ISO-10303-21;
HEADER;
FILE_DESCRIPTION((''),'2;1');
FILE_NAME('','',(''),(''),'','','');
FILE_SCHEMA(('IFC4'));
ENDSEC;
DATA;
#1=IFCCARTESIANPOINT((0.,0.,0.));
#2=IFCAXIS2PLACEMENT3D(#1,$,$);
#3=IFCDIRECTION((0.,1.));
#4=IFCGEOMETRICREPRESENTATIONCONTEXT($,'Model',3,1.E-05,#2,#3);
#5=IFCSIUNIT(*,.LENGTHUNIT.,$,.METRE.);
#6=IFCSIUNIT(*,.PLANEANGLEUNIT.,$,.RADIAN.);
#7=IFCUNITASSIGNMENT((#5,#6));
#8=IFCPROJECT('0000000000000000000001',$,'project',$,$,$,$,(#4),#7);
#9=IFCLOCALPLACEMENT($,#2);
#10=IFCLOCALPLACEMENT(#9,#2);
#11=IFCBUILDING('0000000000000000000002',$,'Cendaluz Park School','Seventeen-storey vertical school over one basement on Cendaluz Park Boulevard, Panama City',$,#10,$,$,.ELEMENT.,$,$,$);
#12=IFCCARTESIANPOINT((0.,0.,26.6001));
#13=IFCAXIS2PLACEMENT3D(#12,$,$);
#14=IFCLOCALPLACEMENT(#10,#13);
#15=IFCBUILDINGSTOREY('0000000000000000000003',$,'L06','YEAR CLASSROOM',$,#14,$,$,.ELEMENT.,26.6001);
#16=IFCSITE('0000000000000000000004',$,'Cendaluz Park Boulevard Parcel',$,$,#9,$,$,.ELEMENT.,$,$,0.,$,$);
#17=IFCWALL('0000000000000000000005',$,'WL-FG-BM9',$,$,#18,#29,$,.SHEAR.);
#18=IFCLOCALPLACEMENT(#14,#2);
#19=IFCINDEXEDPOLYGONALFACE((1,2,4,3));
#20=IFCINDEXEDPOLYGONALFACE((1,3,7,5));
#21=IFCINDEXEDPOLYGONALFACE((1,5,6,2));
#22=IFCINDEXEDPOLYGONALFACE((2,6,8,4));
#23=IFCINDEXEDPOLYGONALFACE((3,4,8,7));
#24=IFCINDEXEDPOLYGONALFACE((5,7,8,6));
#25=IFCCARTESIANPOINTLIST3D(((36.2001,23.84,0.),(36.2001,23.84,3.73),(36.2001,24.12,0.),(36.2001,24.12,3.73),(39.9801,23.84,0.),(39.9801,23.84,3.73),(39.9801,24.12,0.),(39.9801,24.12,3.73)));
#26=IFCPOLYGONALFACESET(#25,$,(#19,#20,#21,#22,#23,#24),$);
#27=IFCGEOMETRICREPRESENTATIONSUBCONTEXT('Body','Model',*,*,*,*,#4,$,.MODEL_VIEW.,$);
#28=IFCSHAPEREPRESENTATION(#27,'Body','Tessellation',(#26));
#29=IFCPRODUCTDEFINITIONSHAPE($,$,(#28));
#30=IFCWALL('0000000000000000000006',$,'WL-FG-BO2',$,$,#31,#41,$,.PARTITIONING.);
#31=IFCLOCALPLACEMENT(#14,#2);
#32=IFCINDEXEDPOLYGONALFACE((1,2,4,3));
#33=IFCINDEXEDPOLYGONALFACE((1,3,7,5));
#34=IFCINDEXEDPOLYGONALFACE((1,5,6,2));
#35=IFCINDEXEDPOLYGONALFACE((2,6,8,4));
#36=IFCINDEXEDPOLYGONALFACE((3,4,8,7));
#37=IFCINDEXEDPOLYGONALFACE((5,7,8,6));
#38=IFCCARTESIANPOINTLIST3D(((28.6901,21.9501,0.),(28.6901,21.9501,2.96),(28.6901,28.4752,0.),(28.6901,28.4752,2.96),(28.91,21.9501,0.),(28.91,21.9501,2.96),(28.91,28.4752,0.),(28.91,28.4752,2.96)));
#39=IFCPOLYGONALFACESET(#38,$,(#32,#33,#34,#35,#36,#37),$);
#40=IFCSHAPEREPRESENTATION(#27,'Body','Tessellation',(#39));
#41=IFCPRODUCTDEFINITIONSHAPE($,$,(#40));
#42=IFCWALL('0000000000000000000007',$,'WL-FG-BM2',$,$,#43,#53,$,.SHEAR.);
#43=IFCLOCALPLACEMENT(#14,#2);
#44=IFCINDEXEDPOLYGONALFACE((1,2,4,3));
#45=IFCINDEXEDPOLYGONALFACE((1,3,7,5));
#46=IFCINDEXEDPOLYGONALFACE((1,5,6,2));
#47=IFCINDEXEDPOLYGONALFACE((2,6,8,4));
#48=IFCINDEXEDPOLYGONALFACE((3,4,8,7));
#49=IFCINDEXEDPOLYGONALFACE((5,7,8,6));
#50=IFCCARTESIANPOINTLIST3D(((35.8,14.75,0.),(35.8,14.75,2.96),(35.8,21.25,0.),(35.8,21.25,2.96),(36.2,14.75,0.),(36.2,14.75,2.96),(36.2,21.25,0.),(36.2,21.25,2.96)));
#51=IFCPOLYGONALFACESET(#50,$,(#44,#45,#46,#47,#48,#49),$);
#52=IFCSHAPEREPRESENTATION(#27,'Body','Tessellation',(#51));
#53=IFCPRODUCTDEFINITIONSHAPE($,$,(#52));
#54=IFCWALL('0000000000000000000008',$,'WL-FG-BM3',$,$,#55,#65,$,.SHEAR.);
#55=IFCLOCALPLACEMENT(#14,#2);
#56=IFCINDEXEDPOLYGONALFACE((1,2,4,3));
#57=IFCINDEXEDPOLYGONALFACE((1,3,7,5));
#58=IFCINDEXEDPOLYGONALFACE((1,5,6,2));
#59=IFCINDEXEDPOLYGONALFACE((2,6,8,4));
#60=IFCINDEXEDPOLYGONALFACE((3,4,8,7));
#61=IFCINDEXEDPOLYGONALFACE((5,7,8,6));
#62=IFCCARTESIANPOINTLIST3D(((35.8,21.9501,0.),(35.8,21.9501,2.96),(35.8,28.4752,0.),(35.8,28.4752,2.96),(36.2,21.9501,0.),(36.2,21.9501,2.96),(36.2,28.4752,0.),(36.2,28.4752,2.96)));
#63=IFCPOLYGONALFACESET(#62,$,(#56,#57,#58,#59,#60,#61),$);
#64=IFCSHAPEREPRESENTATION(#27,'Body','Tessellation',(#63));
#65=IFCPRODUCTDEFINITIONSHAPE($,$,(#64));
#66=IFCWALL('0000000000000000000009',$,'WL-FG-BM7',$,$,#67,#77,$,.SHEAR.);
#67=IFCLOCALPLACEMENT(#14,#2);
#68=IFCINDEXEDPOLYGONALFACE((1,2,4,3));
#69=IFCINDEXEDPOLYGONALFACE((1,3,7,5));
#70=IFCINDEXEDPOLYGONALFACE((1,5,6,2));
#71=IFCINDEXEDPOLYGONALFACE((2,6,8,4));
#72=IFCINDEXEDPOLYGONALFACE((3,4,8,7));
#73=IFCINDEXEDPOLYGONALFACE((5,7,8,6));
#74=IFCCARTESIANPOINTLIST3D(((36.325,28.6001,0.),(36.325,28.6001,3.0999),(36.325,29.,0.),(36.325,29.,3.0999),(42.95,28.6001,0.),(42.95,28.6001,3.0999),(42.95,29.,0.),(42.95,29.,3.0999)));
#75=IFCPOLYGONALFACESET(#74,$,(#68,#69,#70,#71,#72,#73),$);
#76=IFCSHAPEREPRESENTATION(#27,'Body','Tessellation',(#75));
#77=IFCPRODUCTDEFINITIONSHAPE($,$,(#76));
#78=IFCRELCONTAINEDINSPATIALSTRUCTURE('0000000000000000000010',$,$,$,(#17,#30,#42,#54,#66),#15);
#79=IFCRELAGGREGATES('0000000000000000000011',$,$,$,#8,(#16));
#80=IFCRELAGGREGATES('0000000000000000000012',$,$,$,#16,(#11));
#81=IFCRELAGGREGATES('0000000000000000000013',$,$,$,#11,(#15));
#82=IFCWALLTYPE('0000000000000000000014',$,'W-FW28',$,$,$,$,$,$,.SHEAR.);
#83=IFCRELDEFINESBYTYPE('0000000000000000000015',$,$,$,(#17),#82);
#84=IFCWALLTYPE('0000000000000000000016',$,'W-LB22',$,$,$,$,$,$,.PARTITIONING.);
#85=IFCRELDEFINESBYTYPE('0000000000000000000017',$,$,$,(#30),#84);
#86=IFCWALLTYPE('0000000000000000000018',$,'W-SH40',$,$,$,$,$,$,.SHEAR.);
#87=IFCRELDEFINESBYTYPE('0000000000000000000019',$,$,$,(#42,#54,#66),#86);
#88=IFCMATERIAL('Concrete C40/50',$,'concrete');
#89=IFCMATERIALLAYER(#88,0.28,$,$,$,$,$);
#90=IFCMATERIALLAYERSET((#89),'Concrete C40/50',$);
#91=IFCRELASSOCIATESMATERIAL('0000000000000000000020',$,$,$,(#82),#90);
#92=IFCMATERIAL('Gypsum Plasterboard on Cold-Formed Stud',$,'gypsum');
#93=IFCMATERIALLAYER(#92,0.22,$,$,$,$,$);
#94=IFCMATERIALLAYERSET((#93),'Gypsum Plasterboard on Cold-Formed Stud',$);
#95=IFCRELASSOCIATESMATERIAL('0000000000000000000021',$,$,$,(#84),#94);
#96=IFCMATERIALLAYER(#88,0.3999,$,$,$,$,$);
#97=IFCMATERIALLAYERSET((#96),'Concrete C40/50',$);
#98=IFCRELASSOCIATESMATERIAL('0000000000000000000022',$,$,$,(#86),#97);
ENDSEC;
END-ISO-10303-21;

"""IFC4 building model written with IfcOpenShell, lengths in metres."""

from ifc_helpers import new_model, si_unit, direction, frame, frame_2d, origin, place, context, subcontext, project, spatial, rectangle, extrude, material, layer, layer_set, type_object, element, save


model = new_model("IFC4")

# Units and contexts
model_context = context("Model", 3, precision=1e-05, world=origin(), true_north=direction((0.0, 1.0)))
body_context = subcontext(model_context, "Body", "Model", "MODEL_VIEW")
ifc_project = project(units=[si_unit("LENGTHUNIT", "METRE"), si_unit("PLANEANGLEUNIT", "RADIAN")], contexts=[model_context])

# Site, building, storey
site_placement = place(None, origin())
site = spatial("IfcSite", under=ifc_project, at=site_placement, Name="Cendaluz Park Boulevard Parcel", CompositionType="ELEMENT", RefElevation=0.0)
building_placement = place(site_placement, origin())
building = spatial("IfcBuilding", under=site, at=building_placement, Name="Cendaluz Park School", Description="Seventeen-storey vertical school over one basement on Cendaluz Park Boulevard, Panama City", CompositionType="ELEMENT")
storey_placement = place(building_placement, frame((0.0, 0.0, 26.6001)))
storey = spatial("IfcBuildingStorey", under=building, at=storey_placement, Name="L06", Description="YEAR CLASSROOM", CompositionType="ELEMENT", Elevation=26.6001)

# Shared definitions
ifc_material_1 = material(Name="Concrete C40/50", Category="concrete")

# Walls
ifc_layer_1 = layer(ifc_material_1, 0.28)
ifc_layer_set_1 = layer_set([ifc_layer_1], Name="Concrete C40/50")
wall_type_1 = type_object("IfcWallType", Name="W-FW28", PredefinedType="SHEAR", material=ifc_layer_set_1)
wall_1_placement = place(storey_placement, frame((36.2, 23.98, 0.0), z_axis=(0.0, 0.0, 1.0), x_axis=(1.0, 0.0, 0.0)))
element("IfcWall", 1, at=wall_1_placement, inside=storey, type_object=wall_type_1, Name="WL-FG-BM9", PredefinedType="SHEAR", context=body_context, shape_type="SweptSolid", body=[
    extrude(rectangle(XDim=3.78, YDim=0.28, at=frame_2d((1.8901, 0.0))), origin(), (0.0, 0.0, 1.0), 3.73),
])
ifc_material_2 = material(Name="Gypsum Plasterboard on Cold-Formed Stud", Category="gypsum")
ifc_layer_2 = layer(ifc_material_2, 0.22)
ifc_layer_set_2 = layer_set([ifc_layer_2], Name="Gypsum Plasterboard on Cold-Formed Stud")
wall_type_2 = type_object("IfcWallType", Name="W-LB22", PredefinedType="PARTITIONING", material=ifc_layer_set_2)
wall_2_placement = place(storey_placement, frame((28.8, 21.95, 0.0), z_axis=(0.0, 0.0, 1.0), x_axis=(0.0, 1.0, 0.0)))
element("IfcWall", 2, at=wall_2_placement, inside=storey, type_object=wall_type_2, Name="WL-FG-BO2", PredefinedType="PARTITIONING", context=body_context, shape_type="SweptSolid", body=[
    extrude(rectangle(XDim=6.5251, YDim=0.22, at=frame_2d((3.2627, 0.0))), origin(), (0.0, 0.0, 1.0), 2.96),
])
ifc_layer_3 = layer(ifc_material_1, 0.3999)
ifc_layer_set_3 = layer_set([ifc_layer_3], Name="Concrete C40/50")
wall_type_3 = type_object("IfcWallType", Name="W-SH40", PredefinedType="SHEAR", material=ifc_layer_set_3)
wall_3_placement = place(storey_placement, frame((36.0, 14.75, 0.0), z_axis=(0.0, 0.0, 1.0), x_axis=(0.0, 1.0, 0.0)))
element("IfcWall", 3, at=wall_3_placement, inside=storey, type_object=wall_type_3, Name="WL-FG-BM2", PredefinedType="SHEAR", context=body_context, shape_type="SweptSolid", body=[
    extrude(rectangle(XDim=6.5, YDim=0.3999, at=frame_2d((3.25, 0.0))), origin(), (0.0, 0.0, 1.0), 2.96),
])
wall_4_placement = place(storey_placement, frame((36.0, 21.95, 0.0), z_axis=(0.0, 0.0, 1.0), x_axis=(0.0, 1.0, 0.0)))
element("IfcWall", 4, at=wall_4_placement, inside=storey, type_object=wall_type_3, Name="WL-FG-BM3", PredefinedType="SHEAR", context=body_context, shape_type="SweptSolid", body=[
    extrude(rectangle(XDim=6.5251, YDim=0.3999, at=frame_2d((3.2627, 0.0))), origin(), (0.0, 0.0, 1.0), 2.96),
])
wall_5_placement = place(storey_placement, frame((36.325, 28.8, 0.0), z_axis=(0.0, 0.0, 1.0), x_axis=(1.0, 0.0, 0.0)))
element("IfcWall", 5, at=wall_5_placement, inside=storey, type_object=wall_type_3, Name="WL-FG-BM7", PredefinedType="SHEAR", context=body_context, shape_type="SweptSolid", body=[
    extrude(rectangle(XDim=6.625, YDim=0.3999, at=frame_2d((3.3125, 0.0))), origin(), (0.0, 0.0, 1.0), 3.0999),
])

save(model, "model.ifc")
